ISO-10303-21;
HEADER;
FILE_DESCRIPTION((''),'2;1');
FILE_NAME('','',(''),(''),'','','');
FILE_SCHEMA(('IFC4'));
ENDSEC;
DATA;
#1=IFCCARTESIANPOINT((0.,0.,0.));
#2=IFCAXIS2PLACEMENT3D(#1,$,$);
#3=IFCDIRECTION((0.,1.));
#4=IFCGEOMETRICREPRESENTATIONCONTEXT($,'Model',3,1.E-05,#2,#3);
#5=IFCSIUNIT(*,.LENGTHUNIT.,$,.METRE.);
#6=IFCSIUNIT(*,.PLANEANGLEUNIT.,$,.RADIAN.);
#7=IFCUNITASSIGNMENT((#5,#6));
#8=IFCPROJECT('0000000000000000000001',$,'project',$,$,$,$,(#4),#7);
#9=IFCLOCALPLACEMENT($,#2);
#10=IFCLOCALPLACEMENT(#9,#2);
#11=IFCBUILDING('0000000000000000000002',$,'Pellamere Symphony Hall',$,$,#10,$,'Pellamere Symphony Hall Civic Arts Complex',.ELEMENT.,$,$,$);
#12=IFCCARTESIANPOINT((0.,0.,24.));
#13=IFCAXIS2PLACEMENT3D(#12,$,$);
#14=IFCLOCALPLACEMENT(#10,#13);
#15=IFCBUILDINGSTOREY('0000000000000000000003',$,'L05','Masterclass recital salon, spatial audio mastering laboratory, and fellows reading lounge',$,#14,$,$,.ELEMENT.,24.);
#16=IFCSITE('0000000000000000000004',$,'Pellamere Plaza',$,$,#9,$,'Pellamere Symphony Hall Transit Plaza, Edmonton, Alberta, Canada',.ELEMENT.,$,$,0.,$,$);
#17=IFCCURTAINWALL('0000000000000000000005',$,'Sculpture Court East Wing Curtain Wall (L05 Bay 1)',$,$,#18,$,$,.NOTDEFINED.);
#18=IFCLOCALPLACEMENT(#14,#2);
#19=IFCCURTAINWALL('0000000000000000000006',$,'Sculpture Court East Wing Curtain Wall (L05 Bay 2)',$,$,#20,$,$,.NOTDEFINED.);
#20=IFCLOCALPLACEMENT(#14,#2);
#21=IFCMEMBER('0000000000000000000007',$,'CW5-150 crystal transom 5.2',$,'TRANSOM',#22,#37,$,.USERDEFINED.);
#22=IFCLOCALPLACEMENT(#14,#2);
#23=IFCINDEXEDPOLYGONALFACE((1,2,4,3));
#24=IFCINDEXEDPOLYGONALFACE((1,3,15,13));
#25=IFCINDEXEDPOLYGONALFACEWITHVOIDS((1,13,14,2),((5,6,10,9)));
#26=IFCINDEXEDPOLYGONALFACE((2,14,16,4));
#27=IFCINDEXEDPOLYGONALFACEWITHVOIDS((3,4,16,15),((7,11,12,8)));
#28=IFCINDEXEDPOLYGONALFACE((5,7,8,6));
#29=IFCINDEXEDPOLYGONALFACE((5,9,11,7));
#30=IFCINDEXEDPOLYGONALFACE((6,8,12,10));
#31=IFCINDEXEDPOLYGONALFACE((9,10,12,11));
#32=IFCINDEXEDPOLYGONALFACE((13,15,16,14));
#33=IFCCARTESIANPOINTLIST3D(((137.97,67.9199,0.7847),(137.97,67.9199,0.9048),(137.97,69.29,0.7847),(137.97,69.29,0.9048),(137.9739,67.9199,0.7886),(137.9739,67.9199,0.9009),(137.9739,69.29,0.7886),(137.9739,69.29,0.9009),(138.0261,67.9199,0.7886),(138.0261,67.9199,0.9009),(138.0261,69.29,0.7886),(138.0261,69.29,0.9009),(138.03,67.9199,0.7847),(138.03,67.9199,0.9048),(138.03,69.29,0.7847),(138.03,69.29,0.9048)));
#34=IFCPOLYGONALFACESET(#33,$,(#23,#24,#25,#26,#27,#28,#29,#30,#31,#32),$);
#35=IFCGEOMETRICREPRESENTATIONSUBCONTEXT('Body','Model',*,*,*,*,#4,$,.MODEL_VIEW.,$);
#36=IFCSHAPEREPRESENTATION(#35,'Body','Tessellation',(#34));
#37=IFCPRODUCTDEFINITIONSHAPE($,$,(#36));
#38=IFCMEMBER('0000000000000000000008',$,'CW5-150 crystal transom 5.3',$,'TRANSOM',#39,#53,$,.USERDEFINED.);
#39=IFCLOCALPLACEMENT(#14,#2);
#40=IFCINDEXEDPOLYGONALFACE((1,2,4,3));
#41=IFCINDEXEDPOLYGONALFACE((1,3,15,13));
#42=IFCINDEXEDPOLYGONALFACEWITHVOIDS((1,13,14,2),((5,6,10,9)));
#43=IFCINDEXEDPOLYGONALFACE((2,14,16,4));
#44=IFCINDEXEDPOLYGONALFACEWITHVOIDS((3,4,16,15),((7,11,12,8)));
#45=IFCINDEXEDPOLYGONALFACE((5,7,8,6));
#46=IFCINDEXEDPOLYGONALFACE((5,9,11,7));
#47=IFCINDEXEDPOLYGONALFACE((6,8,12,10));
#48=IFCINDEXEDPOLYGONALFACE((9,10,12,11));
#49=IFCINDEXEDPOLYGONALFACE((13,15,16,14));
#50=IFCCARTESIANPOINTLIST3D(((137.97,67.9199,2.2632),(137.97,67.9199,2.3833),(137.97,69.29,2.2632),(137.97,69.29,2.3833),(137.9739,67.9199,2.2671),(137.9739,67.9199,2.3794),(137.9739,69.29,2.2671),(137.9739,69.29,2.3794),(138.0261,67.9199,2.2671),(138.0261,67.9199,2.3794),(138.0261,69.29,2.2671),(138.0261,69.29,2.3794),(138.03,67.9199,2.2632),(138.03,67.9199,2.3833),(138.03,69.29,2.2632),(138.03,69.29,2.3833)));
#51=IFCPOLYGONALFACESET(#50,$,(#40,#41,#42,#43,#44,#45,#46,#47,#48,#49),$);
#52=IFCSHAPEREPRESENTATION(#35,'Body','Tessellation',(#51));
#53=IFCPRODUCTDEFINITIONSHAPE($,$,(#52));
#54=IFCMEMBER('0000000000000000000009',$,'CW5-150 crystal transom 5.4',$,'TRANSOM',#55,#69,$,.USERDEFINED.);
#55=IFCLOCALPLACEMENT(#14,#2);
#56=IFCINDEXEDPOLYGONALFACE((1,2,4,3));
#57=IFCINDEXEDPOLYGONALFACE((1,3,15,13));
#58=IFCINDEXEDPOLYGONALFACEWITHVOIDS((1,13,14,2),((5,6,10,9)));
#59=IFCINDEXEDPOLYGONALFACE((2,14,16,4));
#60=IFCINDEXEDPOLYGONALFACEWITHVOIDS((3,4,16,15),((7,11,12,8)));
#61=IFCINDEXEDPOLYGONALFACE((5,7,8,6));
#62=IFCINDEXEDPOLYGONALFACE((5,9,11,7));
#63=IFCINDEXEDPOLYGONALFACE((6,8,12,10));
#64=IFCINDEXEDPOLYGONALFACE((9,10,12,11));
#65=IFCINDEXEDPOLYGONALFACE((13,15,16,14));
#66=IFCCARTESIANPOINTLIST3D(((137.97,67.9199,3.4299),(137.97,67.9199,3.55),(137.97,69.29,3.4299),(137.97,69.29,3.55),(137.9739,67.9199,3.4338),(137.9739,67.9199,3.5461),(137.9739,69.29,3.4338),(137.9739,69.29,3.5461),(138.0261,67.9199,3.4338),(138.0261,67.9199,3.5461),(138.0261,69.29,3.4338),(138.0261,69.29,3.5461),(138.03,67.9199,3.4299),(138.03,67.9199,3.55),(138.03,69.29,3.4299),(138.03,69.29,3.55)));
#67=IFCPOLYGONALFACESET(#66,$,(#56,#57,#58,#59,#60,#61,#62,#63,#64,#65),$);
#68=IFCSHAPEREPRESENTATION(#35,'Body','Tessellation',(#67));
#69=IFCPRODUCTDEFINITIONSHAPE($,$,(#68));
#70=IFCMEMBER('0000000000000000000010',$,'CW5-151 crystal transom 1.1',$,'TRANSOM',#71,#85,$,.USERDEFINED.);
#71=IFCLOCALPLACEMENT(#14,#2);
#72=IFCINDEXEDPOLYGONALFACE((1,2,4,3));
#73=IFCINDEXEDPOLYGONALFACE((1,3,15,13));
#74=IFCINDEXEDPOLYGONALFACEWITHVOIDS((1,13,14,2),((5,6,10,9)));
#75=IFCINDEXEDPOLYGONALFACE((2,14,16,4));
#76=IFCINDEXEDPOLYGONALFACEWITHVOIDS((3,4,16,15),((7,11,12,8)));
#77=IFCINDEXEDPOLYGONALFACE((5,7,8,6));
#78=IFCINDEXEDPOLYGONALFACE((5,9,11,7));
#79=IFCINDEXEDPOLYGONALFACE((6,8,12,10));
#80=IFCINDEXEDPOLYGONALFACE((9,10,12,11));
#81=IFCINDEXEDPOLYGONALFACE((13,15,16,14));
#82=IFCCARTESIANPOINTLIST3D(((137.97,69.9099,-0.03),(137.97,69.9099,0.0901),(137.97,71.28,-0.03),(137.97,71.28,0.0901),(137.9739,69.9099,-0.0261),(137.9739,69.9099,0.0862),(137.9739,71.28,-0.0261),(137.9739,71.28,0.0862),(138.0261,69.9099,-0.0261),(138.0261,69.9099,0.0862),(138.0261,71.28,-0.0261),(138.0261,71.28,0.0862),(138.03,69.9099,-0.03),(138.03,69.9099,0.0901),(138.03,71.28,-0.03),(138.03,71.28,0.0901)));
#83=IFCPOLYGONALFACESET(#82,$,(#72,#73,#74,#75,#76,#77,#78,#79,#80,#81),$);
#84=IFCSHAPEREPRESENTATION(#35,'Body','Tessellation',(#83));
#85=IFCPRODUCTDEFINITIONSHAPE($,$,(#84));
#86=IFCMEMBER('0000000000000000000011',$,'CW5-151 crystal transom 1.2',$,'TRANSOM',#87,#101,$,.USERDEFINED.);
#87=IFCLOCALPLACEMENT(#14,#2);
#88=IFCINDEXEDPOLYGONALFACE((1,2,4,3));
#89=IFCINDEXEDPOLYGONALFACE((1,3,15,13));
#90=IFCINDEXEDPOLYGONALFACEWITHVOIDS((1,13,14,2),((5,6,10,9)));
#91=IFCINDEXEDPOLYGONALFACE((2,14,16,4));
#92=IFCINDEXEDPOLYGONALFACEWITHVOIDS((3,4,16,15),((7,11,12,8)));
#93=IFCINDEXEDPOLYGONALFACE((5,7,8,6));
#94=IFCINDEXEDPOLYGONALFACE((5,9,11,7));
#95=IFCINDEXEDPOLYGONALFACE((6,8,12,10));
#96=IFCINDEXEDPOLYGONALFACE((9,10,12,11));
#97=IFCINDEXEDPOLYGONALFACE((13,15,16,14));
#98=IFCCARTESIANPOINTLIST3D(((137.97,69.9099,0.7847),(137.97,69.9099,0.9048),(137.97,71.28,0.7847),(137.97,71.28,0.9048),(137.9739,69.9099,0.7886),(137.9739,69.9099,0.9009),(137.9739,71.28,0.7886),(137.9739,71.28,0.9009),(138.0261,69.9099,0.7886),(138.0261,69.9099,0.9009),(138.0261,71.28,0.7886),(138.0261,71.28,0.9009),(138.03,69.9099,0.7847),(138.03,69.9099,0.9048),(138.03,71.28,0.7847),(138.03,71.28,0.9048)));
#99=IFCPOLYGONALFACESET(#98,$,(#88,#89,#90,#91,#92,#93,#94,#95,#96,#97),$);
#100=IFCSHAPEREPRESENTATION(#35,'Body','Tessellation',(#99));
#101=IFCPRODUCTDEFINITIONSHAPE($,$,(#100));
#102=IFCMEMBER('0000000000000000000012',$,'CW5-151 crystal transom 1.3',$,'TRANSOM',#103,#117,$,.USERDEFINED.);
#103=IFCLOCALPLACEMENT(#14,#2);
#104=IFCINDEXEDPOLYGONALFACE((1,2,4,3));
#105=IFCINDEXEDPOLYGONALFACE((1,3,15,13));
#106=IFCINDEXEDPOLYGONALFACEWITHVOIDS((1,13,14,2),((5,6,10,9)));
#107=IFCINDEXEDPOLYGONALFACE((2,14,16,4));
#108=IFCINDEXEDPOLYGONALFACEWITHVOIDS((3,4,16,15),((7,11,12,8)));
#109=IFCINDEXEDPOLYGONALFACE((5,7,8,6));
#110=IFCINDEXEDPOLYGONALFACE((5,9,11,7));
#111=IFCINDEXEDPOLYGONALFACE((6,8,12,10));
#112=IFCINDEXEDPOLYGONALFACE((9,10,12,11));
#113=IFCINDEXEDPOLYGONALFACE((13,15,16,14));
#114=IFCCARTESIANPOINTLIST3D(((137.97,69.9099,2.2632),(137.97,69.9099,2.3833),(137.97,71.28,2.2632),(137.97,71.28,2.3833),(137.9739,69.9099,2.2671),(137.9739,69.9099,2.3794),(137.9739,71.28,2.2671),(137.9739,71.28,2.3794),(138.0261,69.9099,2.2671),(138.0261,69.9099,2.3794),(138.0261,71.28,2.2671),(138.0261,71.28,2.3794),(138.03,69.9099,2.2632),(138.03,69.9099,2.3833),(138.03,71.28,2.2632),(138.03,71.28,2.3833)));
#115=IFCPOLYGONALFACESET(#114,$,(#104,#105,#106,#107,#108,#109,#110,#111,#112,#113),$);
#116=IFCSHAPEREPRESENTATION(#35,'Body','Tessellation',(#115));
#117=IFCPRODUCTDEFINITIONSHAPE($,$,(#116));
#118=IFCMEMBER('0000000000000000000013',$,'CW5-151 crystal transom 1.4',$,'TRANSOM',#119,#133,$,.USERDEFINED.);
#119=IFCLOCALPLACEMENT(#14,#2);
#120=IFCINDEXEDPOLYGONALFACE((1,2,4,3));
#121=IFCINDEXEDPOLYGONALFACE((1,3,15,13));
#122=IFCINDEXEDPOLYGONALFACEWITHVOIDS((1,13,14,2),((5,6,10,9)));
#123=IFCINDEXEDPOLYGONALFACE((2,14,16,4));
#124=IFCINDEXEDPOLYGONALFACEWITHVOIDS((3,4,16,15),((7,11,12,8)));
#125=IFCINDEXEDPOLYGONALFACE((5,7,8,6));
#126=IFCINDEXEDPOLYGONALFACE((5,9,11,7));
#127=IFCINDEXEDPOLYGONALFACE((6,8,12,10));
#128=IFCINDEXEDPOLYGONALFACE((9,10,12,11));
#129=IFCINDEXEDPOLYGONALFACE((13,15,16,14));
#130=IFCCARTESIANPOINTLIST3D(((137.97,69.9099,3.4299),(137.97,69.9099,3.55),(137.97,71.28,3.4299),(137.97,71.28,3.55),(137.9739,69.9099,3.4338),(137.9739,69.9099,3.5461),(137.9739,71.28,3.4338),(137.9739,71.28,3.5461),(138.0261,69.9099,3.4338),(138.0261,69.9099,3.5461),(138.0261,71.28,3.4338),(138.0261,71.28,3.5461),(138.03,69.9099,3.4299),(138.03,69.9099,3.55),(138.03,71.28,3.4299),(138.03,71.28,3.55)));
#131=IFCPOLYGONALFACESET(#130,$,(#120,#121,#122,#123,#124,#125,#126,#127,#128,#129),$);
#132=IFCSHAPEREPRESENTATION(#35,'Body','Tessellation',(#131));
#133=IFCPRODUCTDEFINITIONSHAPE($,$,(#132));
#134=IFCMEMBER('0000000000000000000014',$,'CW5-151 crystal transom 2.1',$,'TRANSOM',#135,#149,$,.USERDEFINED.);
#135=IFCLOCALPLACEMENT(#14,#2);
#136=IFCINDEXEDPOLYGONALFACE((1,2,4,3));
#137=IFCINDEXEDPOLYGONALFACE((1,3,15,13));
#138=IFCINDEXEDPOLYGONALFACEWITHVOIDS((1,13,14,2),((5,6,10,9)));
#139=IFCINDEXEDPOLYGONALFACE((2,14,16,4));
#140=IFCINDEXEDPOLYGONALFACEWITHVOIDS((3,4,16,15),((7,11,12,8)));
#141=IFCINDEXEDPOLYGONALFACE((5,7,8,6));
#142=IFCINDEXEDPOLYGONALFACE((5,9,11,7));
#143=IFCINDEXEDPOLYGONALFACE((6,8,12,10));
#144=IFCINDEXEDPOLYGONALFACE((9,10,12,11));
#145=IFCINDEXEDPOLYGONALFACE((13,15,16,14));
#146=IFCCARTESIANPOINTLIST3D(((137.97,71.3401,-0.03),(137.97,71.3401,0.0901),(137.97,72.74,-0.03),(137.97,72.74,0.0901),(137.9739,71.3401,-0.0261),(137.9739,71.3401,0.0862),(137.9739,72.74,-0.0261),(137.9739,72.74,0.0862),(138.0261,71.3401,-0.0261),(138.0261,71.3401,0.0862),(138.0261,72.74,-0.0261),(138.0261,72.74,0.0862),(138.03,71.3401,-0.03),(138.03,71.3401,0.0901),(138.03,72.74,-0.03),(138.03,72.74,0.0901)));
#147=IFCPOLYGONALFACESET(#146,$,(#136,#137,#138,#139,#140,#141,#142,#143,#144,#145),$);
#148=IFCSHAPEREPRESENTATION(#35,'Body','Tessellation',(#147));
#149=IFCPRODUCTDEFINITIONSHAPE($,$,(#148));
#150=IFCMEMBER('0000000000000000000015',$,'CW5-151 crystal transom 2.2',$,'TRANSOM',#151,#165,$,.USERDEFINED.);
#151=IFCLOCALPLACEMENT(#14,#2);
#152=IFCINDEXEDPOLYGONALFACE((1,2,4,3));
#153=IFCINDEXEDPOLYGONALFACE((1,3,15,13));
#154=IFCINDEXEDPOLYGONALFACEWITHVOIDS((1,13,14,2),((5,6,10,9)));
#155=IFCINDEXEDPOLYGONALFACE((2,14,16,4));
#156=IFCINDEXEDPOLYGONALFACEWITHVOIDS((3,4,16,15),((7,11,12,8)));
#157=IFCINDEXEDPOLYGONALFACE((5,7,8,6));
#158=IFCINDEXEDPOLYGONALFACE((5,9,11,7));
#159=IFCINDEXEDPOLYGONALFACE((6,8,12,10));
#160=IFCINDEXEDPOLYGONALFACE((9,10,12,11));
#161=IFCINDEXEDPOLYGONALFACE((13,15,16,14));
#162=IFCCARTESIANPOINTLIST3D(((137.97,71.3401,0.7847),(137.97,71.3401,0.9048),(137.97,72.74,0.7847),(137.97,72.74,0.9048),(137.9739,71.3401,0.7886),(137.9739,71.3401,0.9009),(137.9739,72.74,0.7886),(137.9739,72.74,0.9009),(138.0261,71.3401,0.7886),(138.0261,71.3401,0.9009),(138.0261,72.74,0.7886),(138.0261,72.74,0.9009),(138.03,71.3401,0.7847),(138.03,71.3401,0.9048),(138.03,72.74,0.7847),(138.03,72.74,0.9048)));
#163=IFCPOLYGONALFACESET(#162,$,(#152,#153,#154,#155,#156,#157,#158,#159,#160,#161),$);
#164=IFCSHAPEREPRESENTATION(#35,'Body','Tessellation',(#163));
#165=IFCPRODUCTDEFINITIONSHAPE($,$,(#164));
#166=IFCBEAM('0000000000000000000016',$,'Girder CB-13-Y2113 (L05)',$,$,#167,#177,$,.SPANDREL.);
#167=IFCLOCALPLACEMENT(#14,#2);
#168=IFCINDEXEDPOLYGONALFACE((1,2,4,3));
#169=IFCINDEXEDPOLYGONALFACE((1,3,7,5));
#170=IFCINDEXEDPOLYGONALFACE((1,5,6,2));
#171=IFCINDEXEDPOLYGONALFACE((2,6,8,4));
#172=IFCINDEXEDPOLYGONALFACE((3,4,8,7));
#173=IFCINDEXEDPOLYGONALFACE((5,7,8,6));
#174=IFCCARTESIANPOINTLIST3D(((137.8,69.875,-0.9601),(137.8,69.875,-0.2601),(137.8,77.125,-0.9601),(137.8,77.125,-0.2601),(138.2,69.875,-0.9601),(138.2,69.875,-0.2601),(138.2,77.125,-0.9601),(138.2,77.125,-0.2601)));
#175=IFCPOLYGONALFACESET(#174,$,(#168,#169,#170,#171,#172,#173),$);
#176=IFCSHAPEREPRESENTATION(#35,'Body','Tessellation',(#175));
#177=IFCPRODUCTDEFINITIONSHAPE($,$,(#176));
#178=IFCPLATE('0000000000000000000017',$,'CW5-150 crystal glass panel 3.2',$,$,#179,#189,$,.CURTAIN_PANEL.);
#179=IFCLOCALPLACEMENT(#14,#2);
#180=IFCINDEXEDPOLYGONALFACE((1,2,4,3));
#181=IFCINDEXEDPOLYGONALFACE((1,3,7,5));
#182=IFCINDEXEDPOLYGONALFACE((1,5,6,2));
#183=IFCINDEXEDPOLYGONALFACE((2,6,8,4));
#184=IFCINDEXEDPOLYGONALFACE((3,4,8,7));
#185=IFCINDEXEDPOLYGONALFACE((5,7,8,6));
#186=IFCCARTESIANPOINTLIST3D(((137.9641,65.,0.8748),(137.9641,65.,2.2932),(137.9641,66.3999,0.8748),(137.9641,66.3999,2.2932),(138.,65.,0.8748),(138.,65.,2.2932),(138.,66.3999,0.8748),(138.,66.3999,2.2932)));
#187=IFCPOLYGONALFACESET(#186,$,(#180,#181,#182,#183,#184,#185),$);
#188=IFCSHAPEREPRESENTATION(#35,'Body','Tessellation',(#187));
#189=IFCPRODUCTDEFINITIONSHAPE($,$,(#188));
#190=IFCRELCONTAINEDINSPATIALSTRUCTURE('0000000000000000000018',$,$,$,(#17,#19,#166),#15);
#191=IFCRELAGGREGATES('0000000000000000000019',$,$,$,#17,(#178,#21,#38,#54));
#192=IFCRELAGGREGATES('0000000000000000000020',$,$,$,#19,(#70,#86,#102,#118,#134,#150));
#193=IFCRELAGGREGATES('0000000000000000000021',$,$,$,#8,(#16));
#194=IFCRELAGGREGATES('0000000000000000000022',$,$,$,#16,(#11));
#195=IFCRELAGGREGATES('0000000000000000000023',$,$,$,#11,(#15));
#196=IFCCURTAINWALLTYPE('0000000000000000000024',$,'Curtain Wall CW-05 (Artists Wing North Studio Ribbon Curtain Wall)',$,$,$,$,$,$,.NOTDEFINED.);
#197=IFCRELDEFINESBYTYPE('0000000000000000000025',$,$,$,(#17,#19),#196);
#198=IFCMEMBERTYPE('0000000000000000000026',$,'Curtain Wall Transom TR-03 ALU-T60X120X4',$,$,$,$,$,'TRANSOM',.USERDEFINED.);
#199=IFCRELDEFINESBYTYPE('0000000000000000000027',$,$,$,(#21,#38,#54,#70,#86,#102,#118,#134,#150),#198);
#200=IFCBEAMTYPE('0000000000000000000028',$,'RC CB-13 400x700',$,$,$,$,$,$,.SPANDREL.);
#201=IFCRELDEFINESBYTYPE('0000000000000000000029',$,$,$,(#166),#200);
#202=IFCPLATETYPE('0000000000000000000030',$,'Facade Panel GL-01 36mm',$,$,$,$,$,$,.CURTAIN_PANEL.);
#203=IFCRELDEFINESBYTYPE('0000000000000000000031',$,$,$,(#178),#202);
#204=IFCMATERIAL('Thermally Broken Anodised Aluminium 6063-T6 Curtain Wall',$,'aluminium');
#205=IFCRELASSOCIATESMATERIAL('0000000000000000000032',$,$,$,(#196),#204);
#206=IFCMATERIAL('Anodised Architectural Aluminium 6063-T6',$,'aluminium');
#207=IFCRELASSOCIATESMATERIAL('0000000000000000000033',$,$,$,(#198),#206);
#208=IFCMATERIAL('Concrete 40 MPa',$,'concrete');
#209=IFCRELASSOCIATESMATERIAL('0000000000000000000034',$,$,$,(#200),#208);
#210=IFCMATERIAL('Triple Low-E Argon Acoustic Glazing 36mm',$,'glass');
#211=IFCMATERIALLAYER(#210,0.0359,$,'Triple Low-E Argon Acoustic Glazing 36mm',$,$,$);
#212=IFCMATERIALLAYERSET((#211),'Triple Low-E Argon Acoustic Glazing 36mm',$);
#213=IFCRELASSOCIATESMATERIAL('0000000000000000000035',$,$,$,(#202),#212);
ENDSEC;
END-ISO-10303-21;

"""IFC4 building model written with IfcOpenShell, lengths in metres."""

from ifc_helpers import new_model, si_unit, direction, frame, origin, origin_2d, place, context, subcontext, project, spatial, polyline, rectangle, hollow_rectangle, outline, extrude, material, layer, layer_set, material_profile, profile_set, type_object, element, aggregate, save


model = new_model("IFC4")

# Units and contexts
model_context = context("Model", 3, precision=1e-05, world=origin(), true_north=direction((0.0, 1.0)))
body_context = subcontext(model_context, "Body", "Model", "MODEL_VIEW")
ifc_project = project(units=[si_unit("LENGTHUNIT", "METRE"), si_unit("PLANEANGLEUNIT", "RADIAN")], contexts=[model_context])

# Site, building, storey
site_placement = place(None, origin())
site = spatial("IfcSite", under=ifc_project, at=site_placement, Name="Pellamere Plaza", LongName="Pellamere Symphony Hall Transit Plaza, Edmonton, Alberta, Canada", CompositionType="ELEMENT", RefElevation=0.0)
building_placement = place(site_placement, origin())
building = spatial("IfcBuilding", under=site, at=building_placement, Name="Pellamere Symphony Hall", LongName="Pellamere Symphony Hall Civic Arts Complex", CompositionType="ELEMENT")
storey_placement = place(building_placement, frame((0.0, 0.0, 24.0)))
storey = spatial("IfcBuildingStorey", under=building, at=storey_placement, Name="L05", Description="Masterclass recital salon, spatial audio mastering laboratory, and fellows reading lounge", CompositionType="ELEMENT", Elevation=24.0)

# Curtain walls
ifc_material_1 = material(Name="Thermally Broken Anodised Aluminium 6063-T6 Curtain Wall", Category="aluminium")
curtain_wall_type = type_object("IfcCurtainWallType", Name="Curtain Wall CW-05 (Artists Wing North Studio Ribbon Curtain Wall)", PredefinedType="NOTDEFINED", material=ifc_material_1)
curtain_wall_1_placement = place(storey_placement, origin())
curtain_wall_1 = element("IfcCurtainWall", 1, at=curtain_wall_1_placement, inside=storey, type_object=curtain_wall_type, Name="Sculpture Court East Wing Curtain Wall (L05 Bay 1)", PredefinedType="NOTDEFINED")
ifc_material_2 = material(Name="Anodised Architectural Aluminium 6063-T6", Category="aluminium")
curtain_wall_2_placement = place(storey_placement, origin())
curtain_wall_2 = element("IfcCurtainWall", 2, at=curtain_wall_2_placement, inside=storey, type_object=curtain_wall_type, Name="Sculpture Court East Wing Curtain Wall (L05 Bay 2)", PredefinedType="NOTDEFINED")

# Members
ifc_material_profile_1 = material_profile(ifc_material_2, hollow_rectangle(XDim=0.0601, YDim=0.1201, WallThickness=0.0039, at=origin_2d()), Name="ALU-T60X120X4")
ifc_profile_set_1 = profile_set([ifc_material_profile_1], Name="Anodised Architectural Aluminium 6063-T6")
member_type_1 = type_object("IfcMemberType", Name="Curtain Wall Transom TR-03 ALU-T60X120X4", ElementType="TRANSOM", PredefinedType="USERDEFINED", material=ifc_profile_set_1)
member_1_placement = place(storey_placement, frame((138.0, 67.9199, 0.8447), z_axis=(0.0, 1.0, 0.0), x_axis=(-1.0, 0.0, 0.0)))
member_1 = element("IfcMember", 3, at=member_1_placement, type_object=member_type_1, Name="CW5-150 crystal transom 5.2", ObjectType="TRANSOM", PredefinedType="USERDEFINED", context=body_context, shape_type="SweptSolid", body=[
    extrude(hollow_rectangle(XDim=0.0601, YDim=0.1201, WallThickness=0.0039, at=origin_2d()), origin(), (0.0, 0.0, 1.0), 1.3701),
])
member_2_placement = place(storey_placement, frame((138.0, 67.9199, 2.3232), z_axis=(0.0, 1.0, 0.0), x_axis=(-1.0, 0.0, 0.0)))
member_2 = element("IfcMember", 4, at=member_2_placement, type_object=member_type_1, Name="CW5-150 crystal transom 5.3", ObjectType="TRANSOM", PredefinedType="USERDEFINED", context=body_context, shape_type="SweptSolid", body=[
    extrude(hollow_rectangle(XDim=0.0601, YDim=0.1201, WallThickness=0.0039, at=origin_2d()), origin(), (0.0, 0.0, 1.0), 1.3701),
])
member_3_placement = place(storey_placement, frame((138.0, 67.9199, 3.49), z_axis=(0.0, 1.0, 0.0), x_axis=(-1.0, 0.0, 0.0)))
member_3 = element("IfcMember", 5, at=member_3_placement, type_object=member_type_1, Name="CW5-150 crystal transom 5.4", ObjectType="TRANSOM", PredefinedType="USERDEFINED", context=body_context, shape_type="SweptSolid", body=[
    extrude(hollow_rectangle(XDim=0.0601, YDim=0.1201, WallThickness=0.0039, at=origin_2d()), origin(), (0.0, 0.0, 1.0), 1.3701),
])
member_4_placement = place(storey_placement, frame((138.0, 69.9099, 0.03), z_axis=(0.0, 1.0, 0.0), x_axis=(-1.0, 0.0, 0.0)))
member_4 = element("IfcMember", 6, at=member_4_placement, type_object=member_type_1, Name="CW5-151 crystal transom 1.1", ObjectType="TRANSOM", PredefinedType="USERDEFINED", context=body_context, shape_type="SweptSolid", body=[
    extrude(hollow_rectangle(XDim=0.0601, YDim=0.1201, WallThickness=0.0039, at=origin_2d()), origin(), (0.0, 0.0, 1.0), 1.3701),
])
member_5_placement = place(storey_placement, frame((138.0, 69.9099, 0.8447), z_axis=(0.0, 1.0, 0.0), x_axis=(-1.0, 0.0, 0.0)))
member_5 = element("IfcMember", 7, at=member_5_placement, type_object=member_type_1, Name="CW5-151 crystal transom 1.2", ObjectType="TRANSOM", PredefinedType="USERDEFINED", context=body_context, shape_type="SweptSolid", body=[
    extrude(hollow_rectangle(XDim=0.0601, YDim=0.1201, WallThickness=0.0039, at=origin_2d()), origin(), (0.0, 0.0, 1.0), 1.3701),
])
member_6_placement = place(storey_placement, frame((138.0, 69.9099, 2.3232), z_axis=(0.0, 1.0, 0.0), x_axis=(-1.0, 0.0, 0.0)))
member_6 = element("IfcMember", 8, at=member_6_placement, type_object=member_type_1, Name="CW5-151 crystal transom 1.3", ObjectType="TRANSOM", PredefinedType="USERDEFINED", context=body_context, shape_type="SweptSolid", body=[
    extrude(hollow_rectangle(XDim=0.0601, YDim=0.1201, WallThickness=0.0039, at=origin_2d()), origin(), (0.0, 0.0, 1.0), 1.3701),
])
member_7_placement = place(storey_placement, frame((138.0, 69.9099, 3.49), z_axis=(0.0, 1.0, 0.0), x_axis=(-1.0, 0.0, 0.0)))
member_7 = element("IfcMember", 9, at=member_7_placement, type_object=member_type_1, Name="CW5-151 crystal transom 1.4", ObjectType="TRANSOM", PredefinedType="USERDEFINED", context=body_context, shape_type="SweptSolid", body=[
    extrude(hollow_rectangle(XDim=0.0601, YDim=0.1201, WallThickness=0.0039, at=origin_2d()), origin(), (0.0, 0.0, 1.0), 1.3701),
])
member_8_placement = place(storey_placement, frame((138.0, 71.3401, 0.03), z_axis=(0.0, 1.0, 0.0), x_axis=(-1.0, 0.0, 0.0)))
member_8 = element("IfcMember", 10, at=member_8_placement, type_object=member_type_1, Name="CW5-151 crystal transom 2.1", ObjectType="TRANSOM", PredefinedType="USERDEFINED", context=body_context, shape_type="SweptSolid", body=[
    extrude(hollow_rectangle(XDim=0.0601, YDim=0.1201, WallThickness=0.0039, at=origin_2d()), origin(), (0.0, 0.0, 1.0), 1.3999),
])
member_9_placement = place(storey_placement, frame((138.0, 71.3401, 0.8447), z_axis=(0.0, 1.0, 0.0), x_axis=(-1.0, 0.0, 0.0)))
member_9 = element("IfcMember", 11, at=member_9_placement, type_object=member_type_1, Name="CW5-151 crystal transom 2.2", ObjectType="TRANSOM", PredefinedType="USERDEFINED", context=body_context, shape_type="SweptSolid", body=[
    extrude(hollow_rectangle(XDim=0.0601, YDim=0.1201, WallThickness=0.0039, at=origin_2d()), origin(), (0.0, 0.0, 1.0), 1.3999),
])

# Beam
ifc_material_3 = material(Name="Concrete 40 MPa", Category="concrete")
ifc_material_profile_2 = material_profile(ifc_material_3, rectangle(XDim=0.3999, YDim=0.7, at=origin_2d()), Name="RC 400x700")
ifc_profile_set_2 = profile_set([ifc_material_profile_2], Name="Concrete 40 MPa")
beam_type = type_object("IfcBeamType", Name="RC CB-13 400x700", PredefinedType="SPANDREL", material=ifc_profile_set_2)
beam_placement = place(storey_placement, frame((138.0, 69.875, -0.6101), z_axis=(0.0, 1.0, 0.0), x_axis=(-1.0, 0.0, 0.0)))
element("IfcBeam", 12, at=beam_placement, inside=storey, type_object=beam_type, Name="Girder CB-13-Y2113 (L05)", PredefinedType="SPANDREL", context=body_context, shape_type="SweptSolid", body=[
    extrude(rectangle(XDim=0.3999, YDim=0.7, at=origin_2d()), origin(), (0.0, 0.0, 1.0), 7.25),
])

# Plate
ifc_material_4 = material(Name="Triple Low-E Argon Acoustic Glazing 36mm", Category="glass")
ifc_layer = layer(ifc_material_4, 0.0359, Name="Triple Low-E Argon Acoustic Glazing 36mm")
ifc_layer_set = layer_set([ifc_layer], Name="Triple Low-E Argon Acoustic Glazing 36mm")
plate_type = type_object("IfcPlateType", Name="Facade Panel GL-01 36mm", PredefinedType="CURTAIN_PANEL", material=ifc_layer_set)
plate_1_placement = place(storey_placement, frame((138.0, 65.0, 0.8748), z_axis=(1.0, 0.0, 0.0), x_axis=(0.0, 1.0, 0.0)))
plate_1 = element("IfcPlate", 13, at=plate_1_placement, type_object=plate_type, Name="CW5-150 crystal glass panel 3.2", PredefinedType="CURTAIN_PANEL", context=body_context, shape_type="SweptSolid", body=[
    extrude(outline(polyline([(0.0, 0.0), (1.3999, 0.0), (1.3999, 1.4185), (0.0, 1.4185), (0.0, 0.0)])), origin(), (0.0, 0.0, -1.0), 0.0359),
])
aggregate(curtain_wall_1, [plate_1, member_1, member_2, member_3])
aggregate(curtain_wall_2, [member_4, member_5, member_6, member_7, member_8, member_9])

save(model, "model.ifc")
